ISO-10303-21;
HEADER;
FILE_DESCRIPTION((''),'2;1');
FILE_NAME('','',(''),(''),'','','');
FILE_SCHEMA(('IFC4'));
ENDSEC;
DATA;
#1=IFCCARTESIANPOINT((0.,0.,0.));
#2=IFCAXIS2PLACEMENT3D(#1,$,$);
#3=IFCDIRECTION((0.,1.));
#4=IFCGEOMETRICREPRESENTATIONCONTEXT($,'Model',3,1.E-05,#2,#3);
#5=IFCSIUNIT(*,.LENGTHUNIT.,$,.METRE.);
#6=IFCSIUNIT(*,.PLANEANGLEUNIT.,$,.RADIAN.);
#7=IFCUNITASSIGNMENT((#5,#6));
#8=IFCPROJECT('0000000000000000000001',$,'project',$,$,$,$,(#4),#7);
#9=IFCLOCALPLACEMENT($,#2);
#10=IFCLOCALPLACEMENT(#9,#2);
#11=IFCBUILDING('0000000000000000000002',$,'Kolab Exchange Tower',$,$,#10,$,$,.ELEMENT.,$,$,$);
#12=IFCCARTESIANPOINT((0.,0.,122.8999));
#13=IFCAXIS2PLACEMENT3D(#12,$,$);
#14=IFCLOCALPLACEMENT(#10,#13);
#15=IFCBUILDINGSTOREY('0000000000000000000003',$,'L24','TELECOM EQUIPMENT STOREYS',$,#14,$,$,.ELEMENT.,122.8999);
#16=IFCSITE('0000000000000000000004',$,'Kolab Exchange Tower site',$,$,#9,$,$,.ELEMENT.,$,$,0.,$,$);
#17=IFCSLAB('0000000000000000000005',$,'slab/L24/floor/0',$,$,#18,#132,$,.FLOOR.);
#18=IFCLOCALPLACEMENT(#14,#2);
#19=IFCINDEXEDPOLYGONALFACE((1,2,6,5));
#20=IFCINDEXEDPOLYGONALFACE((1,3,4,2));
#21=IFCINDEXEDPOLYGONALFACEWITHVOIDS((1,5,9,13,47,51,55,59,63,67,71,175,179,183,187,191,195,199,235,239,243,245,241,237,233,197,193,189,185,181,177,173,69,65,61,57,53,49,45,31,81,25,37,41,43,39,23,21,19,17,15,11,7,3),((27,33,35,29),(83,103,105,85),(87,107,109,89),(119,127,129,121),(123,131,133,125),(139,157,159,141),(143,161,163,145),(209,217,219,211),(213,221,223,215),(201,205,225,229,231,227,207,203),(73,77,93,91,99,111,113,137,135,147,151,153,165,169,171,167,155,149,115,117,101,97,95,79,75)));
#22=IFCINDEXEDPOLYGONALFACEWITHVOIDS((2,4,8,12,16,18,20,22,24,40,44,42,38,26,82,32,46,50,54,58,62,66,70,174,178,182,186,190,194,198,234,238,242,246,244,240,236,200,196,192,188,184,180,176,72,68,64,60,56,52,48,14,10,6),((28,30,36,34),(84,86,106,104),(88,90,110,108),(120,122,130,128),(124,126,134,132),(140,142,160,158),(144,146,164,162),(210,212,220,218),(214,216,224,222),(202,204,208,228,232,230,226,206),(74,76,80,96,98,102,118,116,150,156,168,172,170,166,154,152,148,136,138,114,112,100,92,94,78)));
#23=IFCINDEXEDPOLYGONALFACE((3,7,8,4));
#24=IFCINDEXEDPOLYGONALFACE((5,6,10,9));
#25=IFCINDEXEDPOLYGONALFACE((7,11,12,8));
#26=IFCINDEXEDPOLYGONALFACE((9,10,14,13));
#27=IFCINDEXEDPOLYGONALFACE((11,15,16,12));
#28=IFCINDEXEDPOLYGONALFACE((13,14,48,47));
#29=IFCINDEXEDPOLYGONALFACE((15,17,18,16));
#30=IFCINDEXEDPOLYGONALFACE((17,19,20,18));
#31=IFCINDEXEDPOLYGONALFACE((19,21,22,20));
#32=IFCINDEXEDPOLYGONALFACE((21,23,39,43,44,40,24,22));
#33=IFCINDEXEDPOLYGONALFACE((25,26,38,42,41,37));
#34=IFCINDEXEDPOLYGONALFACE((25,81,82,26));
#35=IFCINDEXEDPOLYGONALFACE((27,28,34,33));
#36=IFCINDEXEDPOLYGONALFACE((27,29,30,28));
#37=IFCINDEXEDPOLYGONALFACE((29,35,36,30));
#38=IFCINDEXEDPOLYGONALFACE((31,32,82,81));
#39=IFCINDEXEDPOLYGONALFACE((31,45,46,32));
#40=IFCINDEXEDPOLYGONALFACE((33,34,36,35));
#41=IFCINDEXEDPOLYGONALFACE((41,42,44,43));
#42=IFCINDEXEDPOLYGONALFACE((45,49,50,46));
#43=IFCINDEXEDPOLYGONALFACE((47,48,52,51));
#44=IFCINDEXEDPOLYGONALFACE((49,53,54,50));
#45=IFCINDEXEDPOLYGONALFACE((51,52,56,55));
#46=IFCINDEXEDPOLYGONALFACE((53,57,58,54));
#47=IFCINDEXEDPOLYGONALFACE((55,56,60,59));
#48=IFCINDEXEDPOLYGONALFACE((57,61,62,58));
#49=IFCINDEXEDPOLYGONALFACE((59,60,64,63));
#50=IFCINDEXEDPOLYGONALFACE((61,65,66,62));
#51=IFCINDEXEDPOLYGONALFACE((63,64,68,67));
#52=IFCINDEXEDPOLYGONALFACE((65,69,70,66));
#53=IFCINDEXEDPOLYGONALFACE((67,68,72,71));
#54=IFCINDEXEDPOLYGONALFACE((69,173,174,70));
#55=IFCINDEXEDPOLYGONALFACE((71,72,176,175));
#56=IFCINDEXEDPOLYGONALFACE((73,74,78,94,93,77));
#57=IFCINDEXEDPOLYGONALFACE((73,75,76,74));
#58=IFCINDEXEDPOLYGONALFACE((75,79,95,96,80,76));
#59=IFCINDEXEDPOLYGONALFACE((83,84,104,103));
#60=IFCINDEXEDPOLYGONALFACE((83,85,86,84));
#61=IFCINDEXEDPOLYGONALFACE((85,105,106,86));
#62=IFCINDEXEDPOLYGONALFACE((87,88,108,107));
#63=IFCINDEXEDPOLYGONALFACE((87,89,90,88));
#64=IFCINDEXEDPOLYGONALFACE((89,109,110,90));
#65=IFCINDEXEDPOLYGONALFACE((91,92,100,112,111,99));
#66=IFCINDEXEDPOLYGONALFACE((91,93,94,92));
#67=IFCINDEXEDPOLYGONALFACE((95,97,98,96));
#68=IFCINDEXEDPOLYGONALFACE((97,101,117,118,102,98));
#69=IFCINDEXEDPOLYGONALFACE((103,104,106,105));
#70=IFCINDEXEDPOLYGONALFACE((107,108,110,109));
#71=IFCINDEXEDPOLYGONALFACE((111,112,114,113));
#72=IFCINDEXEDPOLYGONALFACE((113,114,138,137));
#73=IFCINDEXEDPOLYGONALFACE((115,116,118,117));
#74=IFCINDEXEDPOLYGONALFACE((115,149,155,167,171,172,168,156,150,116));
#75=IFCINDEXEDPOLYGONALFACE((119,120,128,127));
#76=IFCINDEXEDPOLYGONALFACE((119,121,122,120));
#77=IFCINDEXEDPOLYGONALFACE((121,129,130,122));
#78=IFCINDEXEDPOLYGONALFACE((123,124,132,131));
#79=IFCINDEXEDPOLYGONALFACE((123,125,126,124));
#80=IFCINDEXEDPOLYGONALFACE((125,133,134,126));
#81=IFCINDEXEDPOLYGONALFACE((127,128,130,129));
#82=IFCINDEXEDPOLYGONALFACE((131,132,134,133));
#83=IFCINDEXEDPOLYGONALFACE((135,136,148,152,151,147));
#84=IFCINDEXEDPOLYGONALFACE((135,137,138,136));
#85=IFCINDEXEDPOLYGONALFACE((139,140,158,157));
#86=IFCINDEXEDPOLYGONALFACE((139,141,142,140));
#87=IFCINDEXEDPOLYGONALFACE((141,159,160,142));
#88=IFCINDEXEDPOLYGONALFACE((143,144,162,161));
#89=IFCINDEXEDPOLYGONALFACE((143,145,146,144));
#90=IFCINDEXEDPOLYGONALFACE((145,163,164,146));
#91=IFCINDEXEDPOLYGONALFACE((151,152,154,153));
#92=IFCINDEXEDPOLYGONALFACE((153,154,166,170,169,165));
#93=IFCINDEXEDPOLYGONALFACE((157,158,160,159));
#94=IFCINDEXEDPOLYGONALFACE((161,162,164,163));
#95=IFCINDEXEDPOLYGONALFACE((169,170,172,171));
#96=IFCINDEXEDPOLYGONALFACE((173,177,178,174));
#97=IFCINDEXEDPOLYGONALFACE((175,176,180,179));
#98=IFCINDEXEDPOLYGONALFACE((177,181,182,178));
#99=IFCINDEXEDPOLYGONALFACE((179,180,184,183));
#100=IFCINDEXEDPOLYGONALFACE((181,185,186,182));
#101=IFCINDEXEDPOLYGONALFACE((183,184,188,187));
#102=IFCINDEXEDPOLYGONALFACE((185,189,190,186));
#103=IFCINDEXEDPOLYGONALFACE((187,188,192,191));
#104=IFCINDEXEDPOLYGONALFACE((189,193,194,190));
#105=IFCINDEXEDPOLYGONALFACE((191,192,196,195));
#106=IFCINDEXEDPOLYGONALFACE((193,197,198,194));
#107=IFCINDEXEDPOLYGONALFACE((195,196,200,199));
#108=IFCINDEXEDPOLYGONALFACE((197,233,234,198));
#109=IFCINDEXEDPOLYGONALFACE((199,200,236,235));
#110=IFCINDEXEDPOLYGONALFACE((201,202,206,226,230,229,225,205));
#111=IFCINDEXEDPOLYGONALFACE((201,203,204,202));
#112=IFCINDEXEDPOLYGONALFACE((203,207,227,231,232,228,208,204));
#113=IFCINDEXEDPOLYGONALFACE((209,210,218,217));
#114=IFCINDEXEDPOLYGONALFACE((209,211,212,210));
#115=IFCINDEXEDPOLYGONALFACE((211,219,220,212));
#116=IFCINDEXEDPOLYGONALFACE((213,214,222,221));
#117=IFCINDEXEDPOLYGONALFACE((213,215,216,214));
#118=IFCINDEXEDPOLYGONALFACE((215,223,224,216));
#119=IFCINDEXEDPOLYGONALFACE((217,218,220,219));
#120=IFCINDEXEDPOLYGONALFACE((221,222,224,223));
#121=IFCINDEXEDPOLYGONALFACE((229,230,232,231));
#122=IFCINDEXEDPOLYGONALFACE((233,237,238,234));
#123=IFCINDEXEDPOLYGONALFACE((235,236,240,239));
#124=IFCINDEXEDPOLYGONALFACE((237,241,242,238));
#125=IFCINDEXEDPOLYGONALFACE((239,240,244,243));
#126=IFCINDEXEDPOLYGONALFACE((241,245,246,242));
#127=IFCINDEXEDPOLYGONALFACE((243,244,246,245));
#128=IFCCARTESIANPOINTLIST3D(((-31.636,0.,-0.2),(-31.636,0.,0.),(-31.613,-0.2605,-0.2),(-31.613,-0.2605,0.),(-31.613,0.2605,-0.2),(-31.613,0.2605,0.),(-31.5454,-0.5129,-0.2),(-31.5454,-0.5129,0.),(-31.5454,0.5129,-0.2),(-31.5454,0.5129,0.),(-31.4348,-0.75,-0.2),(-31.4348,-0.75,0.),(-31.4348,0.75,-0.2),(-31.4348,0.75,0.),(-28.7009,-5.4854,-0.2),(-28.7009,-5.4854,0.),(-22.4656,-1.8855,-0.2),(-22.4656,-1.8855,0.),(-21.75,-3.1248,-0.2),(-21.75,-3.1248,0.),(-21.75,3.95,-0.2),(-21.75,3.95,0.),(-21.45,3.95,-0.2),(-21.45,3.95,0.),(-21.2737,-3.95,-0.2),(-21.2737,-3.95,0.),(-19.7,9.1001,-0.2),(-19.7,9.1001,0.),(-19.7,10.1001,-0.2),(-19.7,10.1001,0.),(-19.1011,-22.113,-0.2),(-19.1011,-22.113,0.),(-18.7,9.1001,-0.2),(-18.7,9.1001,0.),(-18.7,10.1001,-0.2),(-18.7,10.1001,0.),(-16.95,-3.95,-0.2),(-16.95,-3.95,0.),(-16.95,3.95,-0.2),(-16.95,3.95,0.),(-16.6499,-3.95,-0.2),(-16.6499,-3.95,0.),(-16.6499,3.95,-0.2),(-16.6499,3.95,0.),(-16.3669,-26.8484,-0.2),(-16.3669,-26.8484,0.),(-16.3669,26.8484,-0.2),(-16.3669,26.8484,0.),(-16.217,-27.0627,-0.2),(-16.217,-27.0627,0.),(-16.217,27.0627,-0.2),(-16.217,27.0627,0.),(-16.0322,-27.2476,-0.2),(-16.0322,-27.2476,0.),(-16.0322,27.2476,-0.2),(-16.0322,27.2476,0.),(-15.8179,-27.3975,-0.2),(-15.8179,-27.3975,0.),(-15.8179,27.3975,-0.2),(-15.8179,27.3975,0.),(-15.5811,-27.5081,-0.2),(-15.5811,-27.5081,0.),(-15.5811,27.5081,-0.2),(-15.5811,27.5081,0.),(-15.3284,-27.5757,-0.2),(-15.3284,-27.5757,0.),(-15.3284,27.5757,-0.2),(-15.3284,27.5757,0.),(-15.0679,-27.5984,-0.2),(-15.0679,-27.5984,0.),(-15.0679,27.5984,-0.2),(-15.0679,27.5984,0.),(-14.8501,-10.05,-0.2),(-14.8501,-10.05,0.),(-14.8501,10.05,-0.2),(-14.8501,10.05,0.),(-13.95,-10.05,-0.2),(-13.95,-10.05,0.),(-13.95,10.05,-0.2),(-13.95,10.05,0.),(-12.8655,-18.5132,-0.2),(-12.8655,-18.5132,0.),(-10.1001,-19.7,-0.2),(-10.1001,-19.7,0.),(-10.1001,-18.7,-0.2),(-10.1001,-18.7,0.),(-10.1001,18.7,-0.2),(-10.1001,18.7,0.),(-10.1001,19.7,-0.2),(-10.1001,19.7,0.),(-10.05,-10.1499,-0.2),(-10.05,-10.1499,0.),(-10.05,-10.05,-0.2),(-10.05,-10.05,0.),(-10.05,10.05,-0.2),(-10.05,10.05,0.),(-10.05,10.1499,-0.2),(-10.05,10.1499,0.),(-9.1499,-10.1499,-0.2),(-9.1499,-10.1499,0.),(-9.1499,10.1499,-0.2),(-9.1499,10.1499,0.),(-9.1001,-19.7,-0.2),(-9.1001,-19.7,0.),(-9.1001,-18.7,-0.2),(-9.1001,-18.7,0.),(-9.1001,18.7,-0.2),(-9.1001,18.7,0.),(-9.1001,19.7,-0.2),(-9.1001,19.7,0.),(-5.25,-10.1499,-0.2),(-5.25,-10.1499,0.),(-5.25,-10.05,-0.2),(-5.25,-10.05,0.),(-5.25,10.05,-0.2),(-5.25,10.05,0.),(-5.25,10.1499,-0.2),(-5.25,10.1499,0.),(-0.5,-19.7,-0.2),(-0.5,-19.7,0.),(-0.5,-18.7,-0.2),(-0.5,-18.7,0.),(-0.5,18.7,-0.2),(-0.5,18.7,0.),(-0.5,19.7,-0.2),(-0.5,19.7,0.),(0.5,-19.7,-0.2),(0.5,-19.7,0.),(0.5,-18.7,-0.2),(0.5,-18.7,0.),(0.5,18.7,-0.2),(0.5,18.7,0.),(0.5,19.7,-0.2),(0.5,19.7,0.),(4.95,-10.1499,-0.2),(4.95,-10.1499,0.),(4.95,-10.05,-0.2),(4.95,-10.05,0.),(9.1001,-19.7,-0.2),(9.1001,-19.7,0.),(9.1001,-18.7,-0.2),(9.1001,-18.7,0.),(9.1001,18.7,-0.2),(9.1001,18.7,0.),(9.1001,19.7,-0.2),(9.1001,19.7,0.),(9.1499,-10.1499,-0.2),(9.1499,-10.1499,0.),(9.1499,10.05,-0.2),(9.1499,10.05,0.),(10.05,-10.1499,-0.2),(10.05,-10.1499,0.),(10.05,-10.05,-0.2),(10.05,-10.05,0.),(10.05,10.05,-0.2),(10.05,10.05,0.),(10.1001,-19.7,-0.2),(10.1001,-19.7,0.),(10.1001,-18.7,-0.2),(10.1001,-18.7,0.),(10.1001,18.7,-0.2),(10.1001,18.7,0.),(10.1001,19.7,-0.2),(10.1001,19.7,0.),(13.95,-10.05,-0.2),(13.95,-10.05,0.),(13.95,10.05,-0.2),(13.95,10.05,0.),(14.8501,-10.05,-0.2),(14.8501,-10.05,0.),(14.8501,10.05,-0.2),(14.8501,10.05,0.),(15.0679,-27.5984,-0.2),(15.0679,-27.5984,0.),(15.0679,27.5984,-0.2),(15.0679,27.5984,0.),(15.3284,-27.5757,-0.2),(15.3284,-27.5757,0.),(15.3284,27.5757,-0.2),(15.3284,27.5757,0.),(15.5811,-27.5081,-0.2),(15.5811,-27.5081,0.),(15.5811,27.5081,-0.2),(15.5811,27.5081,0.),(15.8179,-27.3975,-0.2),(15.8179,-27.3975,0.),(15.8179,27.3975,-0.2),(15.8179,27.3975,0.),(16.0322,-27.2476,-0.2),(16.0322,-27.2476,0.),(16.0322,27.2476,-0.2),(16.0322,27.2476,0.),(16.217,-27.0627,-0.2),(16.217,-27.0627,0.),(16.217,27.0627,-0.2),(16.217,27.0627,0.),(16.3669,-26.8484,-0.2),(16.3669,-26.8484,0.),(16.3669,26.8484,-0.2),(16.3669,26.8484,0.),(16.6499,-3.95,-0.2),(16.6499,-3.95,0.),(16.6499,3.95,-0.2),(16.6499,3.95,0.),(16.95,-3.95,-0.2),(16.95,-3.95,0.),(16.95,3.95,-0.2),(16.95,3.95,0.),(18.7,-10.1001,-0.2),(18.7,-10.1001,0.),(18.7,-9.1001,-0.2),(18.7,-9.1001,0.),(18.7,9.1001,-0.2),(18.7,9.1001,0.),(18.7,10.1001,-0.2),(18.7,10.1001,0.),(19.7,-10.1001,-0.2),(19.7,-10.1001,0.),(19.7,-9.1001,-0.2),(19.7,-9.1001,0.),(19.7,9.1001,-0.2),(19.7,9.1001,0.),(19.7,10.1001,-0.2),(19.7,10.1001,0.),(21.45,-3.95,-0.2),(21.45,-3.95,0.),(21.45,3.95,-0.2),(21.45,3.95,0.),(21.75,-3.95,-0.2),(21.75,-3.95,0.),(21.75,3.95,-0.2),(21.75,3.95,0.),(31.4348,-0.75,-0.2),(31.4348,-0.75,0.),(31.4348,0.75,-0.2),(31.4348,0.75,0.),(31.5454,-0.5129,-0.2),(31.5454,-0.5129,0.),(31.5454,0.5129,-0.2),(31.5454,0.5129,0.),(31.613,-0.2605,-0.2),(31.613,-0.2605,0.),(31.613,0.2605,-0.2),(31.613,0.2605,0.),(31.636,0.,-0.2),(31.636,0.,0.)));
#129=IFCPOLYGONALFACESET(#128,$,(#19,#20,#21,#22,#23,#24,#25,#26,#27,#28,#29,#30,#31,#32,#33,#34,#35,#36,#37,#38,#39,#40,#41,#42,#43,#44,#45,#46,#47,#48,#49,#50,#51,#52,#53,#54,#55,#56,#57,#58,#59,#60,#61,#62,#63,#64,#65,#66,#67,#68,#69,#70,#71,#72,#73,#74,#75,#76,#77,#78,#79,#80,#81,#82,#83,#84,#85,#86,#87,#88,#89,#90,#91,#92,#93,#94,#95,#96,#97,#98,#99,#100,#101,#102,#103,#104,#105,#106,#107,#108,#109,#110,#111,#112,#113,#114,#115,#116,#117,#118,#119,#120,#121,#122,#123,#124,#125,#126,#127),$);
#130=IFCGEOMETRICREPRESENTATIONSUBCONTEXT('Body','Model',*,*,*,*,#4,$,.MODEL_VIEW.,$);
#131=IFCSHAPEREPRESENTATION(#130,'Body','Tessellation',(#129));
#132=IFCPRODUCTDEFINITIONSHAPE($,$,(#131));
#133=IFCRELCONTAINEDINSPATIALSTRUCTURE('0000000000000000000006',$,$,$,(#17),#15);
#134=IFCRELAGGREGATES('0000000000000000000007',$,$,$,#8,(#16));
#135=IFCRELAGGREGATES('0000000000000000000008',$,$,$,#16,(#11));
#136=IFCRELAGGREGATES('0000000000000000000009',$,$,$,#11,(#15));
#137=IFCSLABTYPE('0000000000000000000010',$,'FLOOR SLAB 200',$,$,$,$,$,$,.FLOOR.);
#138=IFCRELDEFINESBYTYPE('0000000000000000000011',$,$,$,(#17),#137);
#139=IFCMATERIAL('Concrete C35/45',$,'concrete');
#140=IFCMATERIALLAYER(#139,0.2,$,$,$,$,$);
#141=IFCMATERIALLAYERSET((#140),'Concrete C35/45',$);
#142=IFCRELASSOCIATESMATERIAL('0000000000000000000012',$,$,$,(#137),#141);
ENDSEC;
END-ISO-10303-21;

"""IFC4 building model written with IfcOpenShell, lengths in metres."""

from ifc_helpers import new_model, si_unit, direction, frame, origin, place, context, subcontext, project, spatial, polyline, outline, extrude, material, layer, layer_set, type_object, element, save


model = new_model("IFC4")

# Units and contexts
model_context = context("Model", 3, precision=1e-05, world=origin(), true_north=direction((0.0, 1.0)))
body_context = subcontext(model_context, "Body", "Model", "MODEL_VIEW")
ifc_project = project(units=[si_unit("LENGTHUNIT", "METRE"), si_unit("PLANEANGLEUNIT", "RADIAN")], contexts=[model_context])

# Site, building, storey
site_placement = place(None, origin())
site = spatial("IfcSite", under=ifc_project, at=site_placement, Name="Kolab Exchange Tower site", CompositionType="ELEMENT", RefElevation=0.0)
building_placement = place(site_placement, origin())
building = spatial("IfcBuilding", under=site, at=building_placement, Name="Kolab Exchange Tower", CompositionType="ELEMENT")
storey_placement = place(building_placement, frame((0.0, 0.0, 122.8999)))
storey = spatial("IfcBuildingStorey", under=building, at=storey_placement, Name="L24", Description="TELECOM EQUIPMENT STOREYS", CompositionType="ELEMENT", Elevation=122.8999)

# Slab
ifc_material = material(Name="Concrete C35/45", Category="concrete")
ifc_layer = layer(ifc_material, 0.2)
ifc_layer_set = layer_set([ifc_layer], Name="Concrete C35/45")
slab_type = type_object("IfcSlabType", Name="FLOOR SLAB 200", PredefinedType="FLOOR", material=ifc_layer_set)
slab_1_placement = place(storey_placement, frame((0.0, 0.0, -0.2)))
element("IfcSlab", 1, at=slab_1_placement, inside=storey, type_object=slab_type, Name="slab/L24/floor/0", PredefinedType="FLOOR", context=body_context, shape_type="SweptSolid", body=[
    extrude(outline(polyline([(-22.4656, -1.8855), (-21.75, -3.1248), (-21.75, 3.95), (-21.45, 3.95), (-16.95, 3.95), (-16.6499, 3.95), (-16.6499, -3.95), (-16.95, -3.95), (-21.2737, -3.95), (-12.8655, -18.5132), (-19.1011, -22.113), (-16.3669, -26.8484), (-16.217, -27.0627), (-16.0322, -27.2476), (-15.8179, -27.3975), (-15.5811, -27.5081), (-15.3284, -27.5757), (-15.0679, -27.5984), (15.0679, -27.5984), (15.3284, -27.5757), (15.5811, -27.5081), (15.8179, -27.3975), (16.0322, -27.2476), (16.217, -27.0627), (16.3669, -26.8484), (31.4348, -0.75), (31.5454, -0.5129), (31.613, -0.2605), (31.636, 0.0), (31.613, 0.2605), (31.5454, 0.5129), (31.4348, 0.75), (16.3669, 26.8484), (16.217, 27.0627), (16.0322, 27.2476), (15.8179, 27.3975), (15.5811, 27.5081), (15.3284, 27.5757), (15.0679, 27.5984), (-15.0679, 27.5984), (-15.3284, 27.5757), (-15.5811, 27.5081), (-15.8179, 27.3975), (-16.0322, 27.2476), (-16.217, 27.0627), (-16.3669, 26.8484), (-31.4348, 0.75), (-31.5454, 0.5129), (-31.613, 0.2605), (-31.636, 0.0), (-31.613, -0.2605), (-31.5454, -0.5129), (-31.4348, -0.75), (-28.7009, -5.4854), (-22.4656, -1.8855)]), holes=[polyline([(-13.95, -10.05), (-14.8501, -10.05), (-14.8501, 10.05), (-13.95, 10.05), (-10.05, 10.05), (-10.05, 10.1499), (-9.1499, 10.1499), (-5.25, 10.1499), (-5.25, 10.05), (9.1499, 10.05), (10.05, 10.05), (13.95, 10.05), (14.8501, 10.05), (14.8501, -10.05), (13.95, -10.05), (10.05, -10.05), (10.05, -10.1499), (9.1499, -10.1499), (4.95, -10.1499), (4.95, -10.05), (-5.25, -10.05), (-5.25, -10.1499), (-9.1499, -10.1499), (-10.05, -10.1499), (-10.05, -10.05), (-13.95, -10.05)]), polyline([(-18.7, 10.1001), (-18.7, 9.1001), (-19.7, 9.1001), (-19.7, 10.1001), (-18.7, 10.1001)]), polyline([(-9.1001, -18.7), (-9.1001, -19.7), (-10.1001, -19.7), (-10.1001, -18.7), (-9.1001, -18.7)]), polyline([(-9.1001, 19.7), (-9.1001, 18.7), (-10.1001, 18.7), (-10.1001, 19.7), (-9.1001, 19.7)]), polyline([(9.1001, -18.7), (10.1001, -18.7), (10.1001, -19.7), (9.1001, -19.7), (9.1001, -18.7)]), polyline([(-0.5, -18.7), (0.5, -18.7), (0.5, -19.7), (-0.5, -19.7), (-0.5, -18.7)]), polyline([(0.5, 19.7), (0.5, 18.7), (-0.5, 18.7), (-0.5, 19.7), (0.5, 19.7)]), polyline([(10.1001, 19.7), (10.1001, 18.7), (9.1001, 18.7), (9.1001, 19.7), (10.1001, 19.7)]), polyline([(19.7, -9.1001), (19.7, -10.1001), (18.7, -10.1001), (18.7, -9.1001), (19.7, -9.1001)]), polyline([(21.45, 3.95), (21.75, 3.95), (21.75, -3.95), (21.45, -3.95), (16.95, -3.95), (16.6499, -3.95), (16.6499, 3.95), (16.95, 3.95), (21.45, 3.95)]), polyline([(19.7, 10.1001), (19.7, 9.1001), (18.7, 9.1001), (18.7, 10.1001), (19.7, 10.1001)])]), origin(), (0.0, 0.0, 1.0), 0.2),
])

save(model, "model.ifc")
